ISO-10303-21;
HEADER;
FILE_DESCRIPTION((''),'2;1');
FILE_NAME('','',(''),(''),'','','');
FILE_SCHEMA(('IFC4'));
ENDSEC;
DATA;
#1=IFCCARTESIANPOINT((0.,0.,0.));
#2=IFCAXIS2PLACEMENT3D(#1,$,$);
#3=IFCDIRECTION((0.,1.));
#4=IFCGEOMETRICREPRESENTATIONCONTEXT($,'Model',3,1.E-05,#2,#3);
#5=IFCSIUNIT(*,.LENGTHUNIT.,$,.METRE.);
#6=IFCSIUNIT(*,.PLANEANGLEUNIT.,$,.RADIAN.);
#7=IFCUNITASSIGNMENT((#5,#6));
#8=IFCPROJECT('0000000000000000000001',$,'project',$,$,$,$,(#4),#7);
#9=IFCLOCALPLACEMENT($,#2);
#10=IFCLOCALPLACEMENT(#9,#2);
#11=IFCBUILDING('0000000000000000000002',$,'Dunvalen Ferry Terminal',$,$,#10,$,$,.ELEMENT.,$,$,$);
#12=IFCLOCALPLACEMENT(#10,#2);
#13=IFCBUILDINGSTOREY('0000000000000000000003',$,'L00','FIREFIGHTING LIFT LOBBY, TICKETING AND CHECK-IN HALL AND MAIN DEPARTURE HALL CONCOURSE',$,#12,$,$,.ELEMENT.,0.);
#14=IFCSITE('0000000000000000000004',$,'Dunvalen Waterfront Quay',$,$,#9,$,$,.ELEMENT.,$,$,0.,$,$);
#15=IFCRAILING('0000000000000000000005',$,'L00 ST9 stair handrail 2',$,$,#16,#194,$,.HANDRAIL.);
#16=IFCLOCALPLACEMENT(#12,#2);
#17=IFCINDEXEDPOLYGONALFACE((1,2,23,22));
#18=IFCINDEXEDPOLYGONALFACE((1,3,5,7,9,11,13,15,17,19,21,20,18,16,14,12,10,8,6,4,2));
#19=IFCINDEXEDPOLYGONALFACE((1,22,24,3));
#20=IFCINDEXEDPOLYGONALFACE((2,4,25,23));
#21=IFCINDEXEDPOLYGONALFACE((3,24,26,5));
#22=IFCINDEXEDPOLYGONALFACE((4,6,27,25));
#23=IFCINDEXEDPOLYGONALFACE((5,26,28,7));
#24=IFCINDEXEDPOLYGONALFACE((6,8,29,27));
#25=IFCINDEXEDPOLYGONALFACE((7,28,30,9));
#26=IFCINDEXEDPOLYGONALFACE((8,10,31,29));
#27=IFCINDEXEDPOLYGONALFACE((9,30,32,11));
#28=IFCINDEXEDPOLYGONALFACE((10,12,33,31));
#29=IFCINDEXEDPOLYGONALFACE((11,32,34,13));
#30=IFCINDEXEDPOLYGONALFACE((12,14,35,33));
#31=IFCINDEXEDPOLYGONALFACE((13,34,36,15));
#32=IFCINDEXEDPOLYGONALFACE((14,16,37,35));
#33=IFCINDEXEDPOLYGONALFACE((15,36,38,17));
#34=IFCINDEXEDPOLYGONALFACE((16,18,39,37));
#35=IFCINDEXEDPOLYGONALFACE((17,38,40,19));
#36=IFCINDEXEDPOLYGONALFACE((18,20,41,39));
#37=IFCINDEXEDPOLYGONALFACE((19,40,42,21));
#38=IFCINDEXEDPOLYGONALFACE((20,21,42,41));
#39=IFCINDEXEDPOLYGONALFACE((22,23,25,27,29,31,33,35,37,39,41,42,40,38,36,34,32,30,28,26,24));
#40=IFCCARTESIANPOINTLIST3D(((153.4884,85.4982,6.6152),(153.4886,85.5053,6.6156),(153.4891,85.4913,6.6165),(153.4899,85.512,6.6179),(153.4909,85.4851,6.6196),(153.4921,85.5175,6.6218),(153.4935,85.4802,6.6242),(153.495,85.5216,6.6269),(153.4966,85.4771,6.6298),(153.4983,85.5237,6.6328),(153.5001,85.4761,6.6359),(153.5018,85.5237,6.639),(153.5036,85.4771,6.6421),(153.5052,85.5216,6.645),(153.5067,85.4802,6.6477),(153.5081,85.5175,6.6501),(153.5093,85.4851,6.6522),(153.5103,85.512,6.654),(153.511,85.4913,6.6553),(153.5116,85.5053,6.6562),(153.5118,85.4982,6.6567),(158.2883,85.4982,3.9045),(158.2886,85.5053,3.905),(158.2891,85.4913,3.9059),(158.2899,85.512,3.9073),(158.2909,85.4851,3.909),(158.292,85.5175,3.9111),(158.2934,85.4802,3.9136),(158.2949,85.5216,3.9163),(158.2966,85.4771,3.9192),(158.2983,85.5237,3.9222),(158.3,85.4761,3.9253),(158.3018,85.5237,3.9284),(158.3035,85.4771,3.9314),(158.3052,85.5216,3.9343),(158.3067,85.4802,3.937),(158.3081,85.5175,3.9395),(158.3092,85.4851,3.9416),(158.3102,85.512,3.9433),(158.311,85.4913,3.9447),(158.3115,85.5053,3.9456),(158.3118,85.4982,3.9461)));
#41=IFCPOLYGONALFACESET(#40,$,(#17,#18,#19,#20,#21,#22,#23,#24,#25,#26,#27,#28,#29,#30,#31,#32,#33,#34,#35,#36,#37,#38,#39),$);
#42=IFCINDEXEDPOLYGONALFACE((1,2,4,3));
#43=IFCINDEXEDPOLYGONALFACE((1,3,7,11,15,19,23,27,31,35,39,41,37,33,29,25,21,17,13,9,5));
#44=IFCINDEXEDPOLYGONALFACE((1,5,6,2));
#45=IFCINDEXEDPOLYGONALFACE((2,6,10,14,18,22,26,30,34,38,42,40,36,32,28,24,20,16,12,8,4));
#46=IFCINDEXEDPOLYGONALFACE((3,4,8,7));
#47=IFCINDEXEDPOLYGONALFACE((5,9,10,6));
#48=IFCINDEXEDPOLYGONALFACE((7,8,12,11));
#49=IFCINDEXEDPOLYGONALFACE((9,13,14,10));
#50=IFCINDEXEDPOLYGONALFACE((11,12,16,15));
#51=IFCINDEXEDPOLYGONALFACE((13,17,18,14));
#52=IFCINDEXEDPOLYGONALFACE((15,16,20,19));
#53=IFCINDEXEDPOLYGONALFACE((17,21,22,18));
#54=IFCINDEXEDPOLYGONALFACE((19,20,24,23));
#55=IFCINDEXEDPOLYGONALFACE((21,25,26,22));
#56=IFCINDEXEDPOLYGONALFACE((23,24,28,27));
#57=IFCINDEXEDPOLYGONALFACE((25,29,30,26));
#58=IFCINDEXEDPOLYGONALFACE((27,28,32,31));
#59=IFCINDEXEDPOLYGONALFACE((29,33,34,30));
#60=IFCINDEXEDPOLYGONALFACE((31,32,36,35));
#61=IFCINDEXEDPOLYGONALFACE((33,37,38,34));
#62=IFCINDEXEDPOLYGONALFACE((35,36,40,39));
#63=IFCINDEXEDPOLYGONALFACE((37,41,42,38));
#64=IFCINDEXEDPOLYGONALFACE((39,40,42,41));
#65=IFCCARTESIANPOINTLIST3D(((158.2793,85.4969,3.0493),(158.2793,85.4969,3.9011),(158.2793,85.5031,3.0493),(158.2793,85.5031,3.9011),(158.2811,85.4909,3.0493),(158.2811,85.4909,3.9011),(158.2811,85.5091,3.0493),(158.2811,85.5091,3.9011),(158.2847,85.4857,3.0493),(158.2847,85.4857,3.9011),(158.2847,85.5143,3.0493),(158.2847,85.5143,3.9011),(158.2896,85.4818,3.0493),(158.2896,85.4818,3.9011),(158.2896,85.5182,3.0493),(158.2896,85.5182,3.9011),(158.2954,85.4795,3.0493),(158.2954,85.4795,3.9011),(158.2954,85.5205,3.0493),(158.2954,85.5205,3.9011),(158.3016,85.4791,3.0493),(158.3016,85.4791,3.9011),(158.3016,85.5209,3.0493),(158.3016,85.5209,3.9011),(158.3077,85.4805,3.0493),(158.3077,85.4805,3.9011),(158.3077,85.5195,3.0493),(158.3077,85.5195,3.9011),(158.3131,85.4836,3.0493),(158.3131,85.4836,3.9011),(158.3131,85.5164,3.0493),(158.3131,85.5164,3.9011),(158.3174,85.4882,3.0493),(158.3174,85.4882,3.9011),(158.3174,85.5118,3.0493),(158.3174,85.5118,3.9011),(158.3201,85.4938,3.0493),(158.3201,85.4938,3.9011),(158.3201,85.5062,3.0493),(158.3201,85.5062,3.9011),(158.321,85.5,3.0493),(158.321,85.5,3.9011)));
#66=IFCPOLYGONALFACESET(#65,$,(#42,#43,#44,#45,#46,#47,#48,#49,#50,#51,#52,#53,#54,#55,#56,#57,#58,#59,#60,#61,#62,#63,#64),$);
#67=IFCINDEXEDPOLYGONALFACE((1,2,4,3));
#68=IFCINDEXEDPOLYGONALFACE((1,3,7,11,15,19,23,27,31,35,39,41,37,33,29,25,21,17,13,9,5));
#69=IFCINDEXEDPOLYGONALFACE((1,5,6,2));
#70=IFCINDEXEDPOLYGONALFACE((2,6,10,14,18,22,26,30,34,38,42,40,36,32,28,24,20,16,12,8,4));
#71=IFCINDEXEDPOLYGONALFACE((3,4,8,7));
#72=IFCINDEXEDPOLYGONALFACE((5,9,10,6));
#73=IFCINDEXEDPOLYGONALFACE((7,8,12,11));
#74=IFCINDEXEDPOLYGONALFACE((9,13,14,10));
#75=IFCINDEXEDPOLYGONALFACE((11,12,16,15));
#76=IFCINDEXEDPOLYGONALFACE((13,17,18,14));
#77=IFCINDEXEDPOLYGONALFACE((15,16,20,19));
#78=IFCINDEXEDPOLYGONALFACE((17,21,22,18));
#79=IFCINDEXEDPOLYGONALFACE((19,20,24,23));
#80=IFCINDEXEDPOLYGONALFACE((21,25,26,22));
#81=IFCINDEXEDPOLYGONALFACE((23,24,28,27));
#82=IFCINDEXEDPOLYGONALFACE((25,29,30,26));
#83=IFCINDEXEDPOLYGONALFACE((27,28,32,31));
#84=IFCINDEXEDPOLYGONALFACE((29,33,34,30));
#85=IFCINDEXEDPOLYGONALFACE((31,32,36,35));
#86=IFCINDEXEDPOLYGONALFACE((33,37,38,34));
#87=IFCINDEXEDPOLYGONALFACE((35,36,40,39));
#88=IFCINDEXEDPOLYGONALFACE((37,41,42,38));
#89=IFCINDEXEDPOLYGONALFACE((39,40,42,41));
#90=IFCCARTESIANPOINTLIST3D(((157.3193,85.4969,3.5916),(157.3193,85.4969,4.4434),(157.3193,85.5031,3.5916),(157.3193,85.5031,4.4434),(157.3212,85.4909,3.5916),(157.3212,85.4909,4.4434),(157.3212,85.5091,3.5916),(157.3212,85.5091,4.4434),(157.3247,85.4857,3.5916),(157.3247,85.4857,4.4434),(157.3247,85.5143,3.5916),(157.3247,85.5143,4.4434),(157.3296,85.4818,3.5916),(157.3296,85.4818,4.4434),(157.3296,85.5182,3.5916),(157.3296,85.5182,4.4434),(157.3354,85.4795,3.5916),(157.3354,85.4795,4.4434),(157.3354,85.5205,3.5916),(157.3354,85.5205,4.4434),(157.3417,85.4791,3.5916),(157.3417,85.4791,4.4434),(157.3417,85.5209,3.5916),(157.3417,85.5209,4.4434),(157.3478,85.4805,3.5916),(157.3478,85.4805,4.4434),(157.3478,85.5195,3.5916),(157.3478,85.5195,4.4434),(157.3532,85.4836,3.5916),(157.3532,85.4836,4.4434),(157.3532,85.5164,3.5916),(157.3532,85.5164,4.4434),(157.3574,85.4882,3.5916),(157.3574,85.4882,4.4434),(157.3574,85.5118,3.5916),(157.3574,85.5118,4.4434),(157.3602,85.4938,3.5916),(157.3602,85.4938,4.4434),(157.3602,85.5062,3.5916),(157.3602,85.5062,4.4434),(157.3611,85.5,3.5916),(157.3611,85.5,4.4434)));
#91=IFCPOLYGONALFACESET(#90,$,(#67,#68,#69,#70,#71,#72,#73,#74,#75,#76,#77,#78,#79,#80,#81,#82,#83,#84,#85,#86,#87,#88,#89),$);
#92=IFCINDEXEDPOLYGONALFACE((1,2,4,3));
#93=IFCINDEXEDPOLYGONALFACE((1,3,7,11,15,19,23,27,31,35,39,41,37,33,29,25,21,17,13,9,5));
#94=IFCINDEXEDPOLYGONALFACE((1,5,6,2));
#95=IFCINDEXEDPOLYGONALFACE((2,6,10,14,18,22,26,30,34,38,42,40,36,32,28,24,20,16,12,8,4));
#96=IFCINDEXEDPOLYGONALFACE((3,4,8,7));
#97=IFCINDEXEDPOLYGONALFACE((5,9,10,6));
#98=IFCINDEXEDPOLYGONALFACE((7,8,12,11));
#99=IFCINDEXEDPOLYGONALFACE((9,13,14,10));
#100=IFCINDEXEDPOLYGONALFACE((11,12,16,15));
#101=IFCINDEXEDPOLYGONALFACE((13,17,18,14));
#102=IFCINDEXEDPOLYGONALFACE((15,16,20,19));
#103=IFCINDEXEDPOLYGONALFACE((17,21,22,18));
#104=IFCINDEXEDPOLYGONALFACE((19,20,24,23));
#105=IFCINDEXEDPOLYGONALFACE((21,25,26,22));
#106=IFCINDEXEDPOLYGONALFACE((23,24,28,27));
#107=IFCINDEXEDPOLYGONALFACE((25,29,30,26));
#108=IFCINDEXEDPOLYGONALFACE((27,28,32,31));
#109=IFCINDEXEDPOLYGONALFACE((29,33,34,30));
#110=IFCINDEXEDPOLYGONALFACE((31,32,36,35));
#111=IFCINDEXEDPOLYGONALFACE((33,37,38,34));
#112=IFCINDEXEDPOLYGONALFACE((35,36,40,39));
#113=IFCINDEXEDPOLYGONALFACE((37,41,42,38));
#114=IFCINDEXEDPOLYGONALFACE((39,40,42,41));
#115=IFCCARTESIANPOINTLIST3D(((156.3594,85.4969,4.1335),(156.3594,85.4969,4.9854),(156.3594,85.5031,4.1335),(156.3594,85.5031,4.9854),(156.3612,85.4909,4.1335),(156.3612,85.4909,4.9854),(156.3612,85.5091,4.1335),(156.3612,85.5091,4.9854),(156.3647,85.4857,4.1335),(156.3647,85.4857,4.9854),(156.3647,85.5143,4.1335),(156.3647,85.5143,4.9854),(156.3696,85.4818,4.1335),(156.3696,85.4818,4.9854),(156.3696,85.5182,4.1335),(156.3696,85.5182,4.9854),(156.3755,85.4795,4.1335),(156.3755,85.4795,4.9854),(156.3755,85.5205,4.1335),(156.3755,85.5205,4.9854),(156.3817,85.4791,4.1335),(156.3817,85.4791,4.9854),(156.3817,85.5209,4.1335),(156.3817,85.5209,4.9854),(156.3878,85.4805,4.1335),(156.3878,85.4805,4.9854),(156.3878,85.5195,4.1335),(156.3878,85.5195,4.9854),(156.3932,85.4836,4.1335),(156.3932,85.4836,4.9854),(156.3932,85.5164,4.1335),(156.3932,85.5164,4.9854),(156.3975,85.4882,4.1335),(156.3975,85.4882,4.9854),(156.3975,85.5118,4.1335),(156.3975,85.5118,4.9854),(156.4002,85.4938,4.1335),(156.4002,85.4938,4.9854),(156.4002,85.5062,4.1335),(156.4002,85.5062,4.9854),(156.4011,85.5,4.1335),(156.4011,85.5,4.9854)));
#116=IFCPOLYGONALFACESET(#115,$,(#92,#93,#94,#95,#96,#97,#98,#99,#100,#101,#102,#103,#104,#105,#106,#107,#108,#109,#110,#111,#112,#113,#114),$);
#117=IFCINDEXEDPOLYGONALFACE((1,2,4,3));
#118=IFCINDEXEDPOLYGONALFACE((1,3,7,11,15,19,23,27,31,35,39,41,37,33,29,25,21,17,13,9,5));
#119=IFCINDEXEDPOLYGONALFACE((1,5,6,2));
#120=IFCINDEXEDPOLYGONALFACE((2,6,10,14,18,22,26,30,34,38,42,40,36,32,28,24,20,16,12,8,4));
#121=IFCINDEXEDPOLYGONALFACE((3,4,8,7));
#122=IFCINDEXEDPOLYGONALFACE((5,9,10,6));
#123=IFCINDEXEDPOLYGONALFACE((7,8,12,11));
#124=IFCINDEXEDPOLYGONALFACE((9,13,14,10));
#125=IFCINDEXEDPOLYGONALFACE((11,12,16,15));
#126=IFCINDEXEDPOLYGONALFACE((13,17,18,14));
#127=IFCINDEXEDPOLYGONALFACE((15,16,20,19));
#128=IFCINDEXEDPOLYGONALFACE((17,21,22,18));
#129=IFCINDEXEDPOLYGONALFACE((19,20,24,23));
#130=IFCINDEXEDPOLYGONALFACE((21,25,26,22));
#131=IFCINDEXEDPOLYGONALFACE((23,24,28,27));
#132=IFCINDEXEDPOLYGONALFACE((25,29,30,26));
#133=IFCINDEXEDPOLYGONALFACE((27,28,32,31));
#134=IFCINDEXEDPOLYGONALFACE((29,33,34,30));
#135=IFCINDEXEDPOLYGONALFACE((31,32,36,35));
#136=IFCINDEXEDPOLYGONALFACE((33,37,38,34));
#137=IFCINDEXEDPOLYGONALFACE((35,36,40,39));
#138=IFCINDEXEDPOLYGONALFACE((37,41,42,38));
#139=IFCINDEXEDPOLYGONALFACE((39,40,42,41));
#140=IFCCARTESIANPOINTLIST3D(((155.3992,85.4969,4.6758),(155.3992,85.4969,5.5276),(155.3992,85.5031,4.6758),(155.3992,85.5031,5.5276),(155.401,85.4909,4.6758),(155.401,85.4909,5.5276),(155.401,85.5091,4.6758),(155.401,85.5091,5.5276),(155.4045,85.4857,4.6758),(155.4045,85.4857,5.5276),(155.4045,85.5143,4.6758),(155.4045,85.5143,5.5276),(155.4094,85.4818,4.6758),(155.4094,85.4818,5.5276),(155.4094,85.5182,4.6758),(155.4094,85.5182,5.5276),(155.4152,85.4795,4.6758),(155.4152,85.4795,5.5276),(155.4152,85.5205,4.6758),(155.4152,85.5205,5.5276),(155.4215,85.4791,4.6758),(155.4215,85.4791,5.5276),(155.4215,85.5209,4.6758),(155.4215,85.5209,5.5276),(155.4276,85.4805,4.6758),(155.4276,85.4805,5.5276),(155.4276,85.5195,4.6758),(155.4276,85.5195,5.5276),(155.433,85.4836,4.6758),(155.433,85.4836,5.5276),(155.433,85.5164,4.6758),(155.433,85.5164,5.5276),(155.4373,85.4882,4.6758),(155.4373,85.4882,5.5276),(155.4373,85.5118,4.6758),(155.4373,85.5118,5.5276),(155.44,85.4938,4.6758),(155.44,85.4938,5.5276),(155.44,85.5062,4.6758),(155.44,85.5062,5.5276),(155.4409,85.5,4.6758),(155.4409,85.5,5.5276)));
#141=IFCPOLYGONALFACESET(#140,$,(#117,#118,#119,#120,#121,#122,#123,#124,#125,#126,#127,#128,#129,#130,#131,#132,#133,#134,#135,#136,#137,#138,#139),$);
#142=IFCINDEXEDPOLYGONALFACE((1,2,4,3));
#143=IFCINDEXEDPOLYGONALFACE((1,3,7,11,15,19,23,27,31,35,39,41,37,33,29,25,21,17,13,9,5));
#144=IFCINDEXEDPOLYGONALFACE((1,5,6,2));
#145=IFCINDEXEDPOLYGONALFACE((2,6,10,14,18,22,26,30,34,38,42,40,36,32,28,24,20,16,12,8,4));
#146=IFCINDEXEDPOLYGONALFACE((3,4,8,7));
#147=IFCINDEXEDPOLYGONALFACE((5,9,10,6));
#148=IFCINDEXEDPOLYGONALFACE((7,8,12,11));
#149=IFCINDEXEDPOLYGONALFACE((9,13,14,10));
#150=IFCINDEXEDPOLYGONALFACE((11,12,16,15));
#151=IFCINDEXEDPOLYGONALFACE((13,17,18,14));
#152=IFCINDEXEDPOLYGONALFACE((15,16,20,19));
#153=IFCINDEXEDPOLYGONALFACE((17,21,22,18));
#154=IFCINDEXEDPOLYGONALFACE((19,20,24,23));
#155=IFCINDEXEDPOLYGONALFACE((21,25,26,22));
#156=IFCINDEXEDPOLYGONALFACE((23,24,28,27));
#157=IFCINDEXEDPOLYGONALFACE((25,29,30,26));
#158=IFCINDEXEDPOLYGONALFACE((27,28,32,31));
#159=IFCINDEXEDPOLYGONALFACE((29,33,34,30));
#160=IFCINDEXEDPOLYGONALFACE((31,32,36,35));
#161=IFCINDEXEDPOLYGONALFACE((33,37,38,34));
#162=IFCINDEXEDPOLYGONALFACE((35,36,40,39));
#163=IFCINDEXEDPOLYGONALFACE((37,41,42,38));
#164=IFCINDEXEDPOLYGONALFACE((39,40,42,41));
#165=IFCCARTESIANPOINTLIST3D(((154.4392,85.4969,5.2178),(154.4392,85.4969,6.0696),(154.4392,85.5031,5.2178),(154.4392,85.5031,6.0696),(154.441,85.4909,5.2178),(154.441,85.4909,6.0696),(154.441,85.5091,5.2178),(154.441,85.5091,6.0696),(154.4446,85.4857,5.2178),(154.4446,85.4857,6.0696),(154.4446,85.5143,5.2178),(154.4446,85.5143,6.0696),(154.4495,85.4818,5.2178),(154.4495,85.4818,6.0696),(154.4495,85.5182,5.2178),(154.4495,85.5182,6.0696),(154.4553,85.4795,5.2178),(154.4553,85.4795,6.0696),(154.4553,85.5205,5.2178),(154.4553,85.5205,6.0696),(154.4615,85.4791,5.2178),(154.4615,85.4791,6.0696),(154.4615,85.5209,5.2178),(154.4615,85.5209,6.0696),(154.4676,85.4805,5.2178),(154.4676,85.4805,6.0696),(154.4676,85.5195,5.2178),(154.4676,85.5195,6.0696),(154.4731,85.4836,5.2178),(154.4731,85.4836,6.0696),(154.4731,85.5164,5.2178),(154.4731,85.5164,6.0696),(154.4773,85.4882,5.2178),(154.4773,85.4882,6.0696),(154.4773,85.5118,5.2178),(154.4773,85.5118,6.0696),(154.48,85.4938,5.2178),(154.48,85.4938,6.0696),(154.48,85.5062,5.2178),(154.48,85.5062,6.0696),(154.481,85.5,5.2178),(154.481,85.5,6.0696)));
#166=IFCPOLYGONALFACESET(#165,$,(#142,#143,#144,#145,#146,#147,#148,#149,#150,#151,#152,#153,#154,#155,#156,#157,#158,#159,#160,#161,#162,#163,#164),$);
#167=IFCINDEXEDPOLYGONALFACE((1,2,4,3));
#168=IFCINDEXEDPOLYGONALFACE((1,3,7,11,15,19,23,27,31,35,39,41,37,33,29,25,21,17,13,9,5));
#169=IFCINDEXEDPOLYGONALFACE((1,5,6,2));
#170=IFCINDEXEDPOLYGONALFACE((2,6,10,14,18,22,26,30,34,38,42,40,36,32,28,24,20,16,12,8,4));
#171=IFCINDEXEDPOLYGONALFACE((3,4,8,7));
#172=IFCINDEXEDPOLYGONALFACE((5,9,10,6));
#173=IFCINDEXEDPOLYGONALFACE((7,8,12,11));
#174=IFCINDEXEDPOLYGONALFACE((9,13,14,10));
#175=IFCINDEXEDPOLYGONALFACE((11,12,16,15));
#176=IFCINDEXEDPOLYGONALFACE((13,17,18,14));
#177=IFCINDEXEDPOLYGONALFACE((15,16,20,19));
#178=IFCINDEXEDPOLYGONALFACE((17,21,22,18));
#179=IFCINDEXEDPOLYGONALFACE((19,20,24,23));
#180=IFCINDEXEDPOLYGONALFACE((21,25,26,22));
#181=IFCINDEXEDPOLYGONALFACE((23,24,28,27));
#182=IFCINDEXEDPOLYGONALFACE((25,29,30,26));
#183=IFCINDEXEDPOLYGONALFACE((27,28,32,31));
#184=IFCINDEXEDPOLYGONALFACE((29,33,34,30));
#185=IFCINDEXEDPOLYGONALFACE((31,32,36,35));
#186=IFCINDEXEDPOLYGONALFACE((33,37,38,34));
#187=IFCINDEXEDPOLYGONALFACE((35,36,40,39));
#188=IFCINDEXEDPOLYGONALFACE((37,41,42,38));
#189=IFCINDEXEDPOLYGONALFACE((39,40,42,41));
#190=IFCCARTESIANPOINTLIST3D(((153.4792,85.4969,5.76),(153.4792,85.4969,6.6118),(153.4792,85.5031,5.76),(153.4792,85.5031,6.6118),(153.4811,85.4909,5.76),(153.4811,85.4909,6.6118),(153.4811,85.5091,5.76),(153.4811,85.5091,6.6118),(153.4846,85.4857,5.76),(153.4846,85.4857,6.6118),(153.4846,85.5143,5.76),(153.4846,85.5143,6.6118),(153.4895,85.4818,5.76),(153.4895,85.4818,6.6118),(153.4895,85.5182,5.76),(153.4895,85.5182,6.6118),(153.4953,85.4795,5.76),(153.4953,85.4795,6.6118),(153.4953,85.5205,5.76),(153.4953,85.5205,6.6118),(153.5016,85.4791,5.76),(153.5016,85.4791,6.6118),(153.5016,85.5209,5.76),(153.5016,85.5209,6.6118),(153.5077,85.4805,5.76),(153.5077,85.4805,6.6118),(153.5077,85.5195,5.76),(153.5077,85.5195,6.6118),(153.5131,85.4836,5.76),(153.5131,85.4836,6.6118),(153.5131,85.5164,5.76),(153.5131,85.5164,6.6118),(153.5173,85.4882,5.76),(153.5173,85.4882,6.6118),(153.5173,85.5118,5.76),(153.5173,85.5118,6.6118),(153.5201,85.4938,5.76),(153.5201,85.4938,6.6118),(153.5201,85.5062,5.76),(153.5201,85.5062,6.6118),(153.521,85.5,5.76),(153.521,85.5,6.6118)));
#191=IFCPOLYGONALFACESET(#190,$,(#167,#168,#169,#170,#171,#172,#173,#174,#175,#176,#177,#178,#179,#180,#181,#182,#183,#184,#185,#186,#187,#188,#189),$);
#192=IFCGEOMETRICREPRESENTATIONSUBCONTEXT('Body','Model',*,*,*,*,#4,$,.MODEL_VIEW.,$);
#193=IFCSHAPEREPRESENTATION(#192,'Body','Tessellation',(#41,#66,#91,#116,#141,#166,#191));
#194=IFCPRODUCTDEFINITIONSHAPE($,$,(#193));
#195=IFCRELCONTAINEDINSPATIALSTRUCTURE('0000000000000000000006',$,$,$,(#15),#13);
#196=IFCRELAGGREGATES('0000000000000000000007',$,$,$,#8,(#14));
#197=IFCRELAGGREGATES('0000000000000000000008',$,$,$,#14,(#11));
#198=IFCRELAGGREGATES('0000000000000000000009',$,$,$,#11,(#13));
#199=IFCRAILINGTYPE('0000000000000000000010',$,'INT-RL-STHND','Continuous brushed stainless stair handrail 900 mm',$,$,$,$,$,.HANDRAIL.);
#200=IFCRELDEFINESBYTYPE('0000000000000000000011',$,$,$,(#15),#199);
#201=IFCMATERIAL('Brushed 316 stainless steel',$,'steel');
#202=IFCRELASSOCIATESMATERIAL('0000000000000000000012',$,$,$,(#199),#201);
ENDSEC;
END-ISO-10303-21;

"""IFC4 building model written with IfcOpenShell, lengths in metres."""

from ifc_helpers import new_model, si_unit, direction, frame, origin, origin_2d, place, context, subcontext, project, spatial, circle, extrude, material, type_object, element, save


model = new_model("IFC4")

# Units and contexts
model_context = context("Model", 3, precision=1e-05, world=origin(), true_north=direction((0.0, 1.0)))
body_context = subcontext(model_context, "Body", "Model", "MODEL_VIEW")
ifc_project = project(units=[si_unit("LENGTHUNIT", "METRE"), si_unit("PLANEANGLEUNIT", "RADIAN")], contexts=[model_context])

# Site, building, storey
site_placement = place(None, origin())
site = spatial("IfcSite", under=ifc_project, at=site_placement, Name="Dunvalen Waterfront Quay", CompositionType="ELEMENT", RefElevation=0.0)
building_placement = place(site_placement, origin())
building = spatial("IfcBuilding", under=site, at=building_placement, Name="Dunvalen Ferry Terminal", CompositionType="ELEMENT")
storey_placement = place(building_placement, origin())
storey = spatial("IfcBuildingStorey", under=building, at=storey_placement, Name="L00", Description="FIREFIGHTING LIFT LOBBY, TICKETING AND CHECK-IN HALL AND MAIN DEPARTURE HALL CONCOURSE", CompositionType="ELEMENT", Elevation=0.0)

# Railing
ifc_material_1 = material(Name="Brushed 316 stainless steel", Category="steel")
railing_type = type_object("IfcRailingType", Name="INT-RL-STHND", Description="Continuous brushed stainless stair handrail 900 mm", PredefinedType="HANDRAIL", material=ifc_material_1)
railing_placement = place(storey_placement, frame((158.3, 85.5, 3.0493)))
element("IfcRailing", 1, at=railing_placement, inside=storey, type_object=railing_type, Name="L00 ST9 stair handrail 2", PredefinedType="HANDRAIL", context=body_context, shape_type="SweptSolid", body=[
    extrude(circle(Radius=0.0239, at=origin_2d()), frame((0.0, 0.0, 0.876), z_axis=(-0.870748, 0.0, 0.49173), x_axis=(0.0, -1.0, 0.0)), (0.0, 0.0, 1.0), 5.5125),
    extrude(circle(Radius=0.021, at=origin_2d()), origin(), (0.0, 0.0, 1.0), 0.8518),
    extrude(circle(Radius=0.021, at=origin_2d()), frame((-0.96, 0.0, 0.5422)), (0.0, 0.0, 1.0), 0.8518),
    extrude(circle(Radius=0.021, at=origin_2d()), frame((-1.9199, 0.0, 1.0842)), (0.0, 0.0, 1.0), 0.8518),
    extrude(circle(Radius=0.021, at=origin_2d()), frame((-2.8801, 0.0, 1.6265)), (0.0, 0.0, 1.0), 0.8518),
    extrude(circle(Radius=0.021, at=origin_2d()), frame((-3.8401, 0.0, 2.1685)), (0.0, 0.0, 1.0), 0.8518),
    extrude(circle(Radius=0.021, at=origin_2d()), frame((-4.8, 0.0, 2.7107)), (0.0, 0.0, 1.0), 0.8518),
])

save(model, "model.ifc")
